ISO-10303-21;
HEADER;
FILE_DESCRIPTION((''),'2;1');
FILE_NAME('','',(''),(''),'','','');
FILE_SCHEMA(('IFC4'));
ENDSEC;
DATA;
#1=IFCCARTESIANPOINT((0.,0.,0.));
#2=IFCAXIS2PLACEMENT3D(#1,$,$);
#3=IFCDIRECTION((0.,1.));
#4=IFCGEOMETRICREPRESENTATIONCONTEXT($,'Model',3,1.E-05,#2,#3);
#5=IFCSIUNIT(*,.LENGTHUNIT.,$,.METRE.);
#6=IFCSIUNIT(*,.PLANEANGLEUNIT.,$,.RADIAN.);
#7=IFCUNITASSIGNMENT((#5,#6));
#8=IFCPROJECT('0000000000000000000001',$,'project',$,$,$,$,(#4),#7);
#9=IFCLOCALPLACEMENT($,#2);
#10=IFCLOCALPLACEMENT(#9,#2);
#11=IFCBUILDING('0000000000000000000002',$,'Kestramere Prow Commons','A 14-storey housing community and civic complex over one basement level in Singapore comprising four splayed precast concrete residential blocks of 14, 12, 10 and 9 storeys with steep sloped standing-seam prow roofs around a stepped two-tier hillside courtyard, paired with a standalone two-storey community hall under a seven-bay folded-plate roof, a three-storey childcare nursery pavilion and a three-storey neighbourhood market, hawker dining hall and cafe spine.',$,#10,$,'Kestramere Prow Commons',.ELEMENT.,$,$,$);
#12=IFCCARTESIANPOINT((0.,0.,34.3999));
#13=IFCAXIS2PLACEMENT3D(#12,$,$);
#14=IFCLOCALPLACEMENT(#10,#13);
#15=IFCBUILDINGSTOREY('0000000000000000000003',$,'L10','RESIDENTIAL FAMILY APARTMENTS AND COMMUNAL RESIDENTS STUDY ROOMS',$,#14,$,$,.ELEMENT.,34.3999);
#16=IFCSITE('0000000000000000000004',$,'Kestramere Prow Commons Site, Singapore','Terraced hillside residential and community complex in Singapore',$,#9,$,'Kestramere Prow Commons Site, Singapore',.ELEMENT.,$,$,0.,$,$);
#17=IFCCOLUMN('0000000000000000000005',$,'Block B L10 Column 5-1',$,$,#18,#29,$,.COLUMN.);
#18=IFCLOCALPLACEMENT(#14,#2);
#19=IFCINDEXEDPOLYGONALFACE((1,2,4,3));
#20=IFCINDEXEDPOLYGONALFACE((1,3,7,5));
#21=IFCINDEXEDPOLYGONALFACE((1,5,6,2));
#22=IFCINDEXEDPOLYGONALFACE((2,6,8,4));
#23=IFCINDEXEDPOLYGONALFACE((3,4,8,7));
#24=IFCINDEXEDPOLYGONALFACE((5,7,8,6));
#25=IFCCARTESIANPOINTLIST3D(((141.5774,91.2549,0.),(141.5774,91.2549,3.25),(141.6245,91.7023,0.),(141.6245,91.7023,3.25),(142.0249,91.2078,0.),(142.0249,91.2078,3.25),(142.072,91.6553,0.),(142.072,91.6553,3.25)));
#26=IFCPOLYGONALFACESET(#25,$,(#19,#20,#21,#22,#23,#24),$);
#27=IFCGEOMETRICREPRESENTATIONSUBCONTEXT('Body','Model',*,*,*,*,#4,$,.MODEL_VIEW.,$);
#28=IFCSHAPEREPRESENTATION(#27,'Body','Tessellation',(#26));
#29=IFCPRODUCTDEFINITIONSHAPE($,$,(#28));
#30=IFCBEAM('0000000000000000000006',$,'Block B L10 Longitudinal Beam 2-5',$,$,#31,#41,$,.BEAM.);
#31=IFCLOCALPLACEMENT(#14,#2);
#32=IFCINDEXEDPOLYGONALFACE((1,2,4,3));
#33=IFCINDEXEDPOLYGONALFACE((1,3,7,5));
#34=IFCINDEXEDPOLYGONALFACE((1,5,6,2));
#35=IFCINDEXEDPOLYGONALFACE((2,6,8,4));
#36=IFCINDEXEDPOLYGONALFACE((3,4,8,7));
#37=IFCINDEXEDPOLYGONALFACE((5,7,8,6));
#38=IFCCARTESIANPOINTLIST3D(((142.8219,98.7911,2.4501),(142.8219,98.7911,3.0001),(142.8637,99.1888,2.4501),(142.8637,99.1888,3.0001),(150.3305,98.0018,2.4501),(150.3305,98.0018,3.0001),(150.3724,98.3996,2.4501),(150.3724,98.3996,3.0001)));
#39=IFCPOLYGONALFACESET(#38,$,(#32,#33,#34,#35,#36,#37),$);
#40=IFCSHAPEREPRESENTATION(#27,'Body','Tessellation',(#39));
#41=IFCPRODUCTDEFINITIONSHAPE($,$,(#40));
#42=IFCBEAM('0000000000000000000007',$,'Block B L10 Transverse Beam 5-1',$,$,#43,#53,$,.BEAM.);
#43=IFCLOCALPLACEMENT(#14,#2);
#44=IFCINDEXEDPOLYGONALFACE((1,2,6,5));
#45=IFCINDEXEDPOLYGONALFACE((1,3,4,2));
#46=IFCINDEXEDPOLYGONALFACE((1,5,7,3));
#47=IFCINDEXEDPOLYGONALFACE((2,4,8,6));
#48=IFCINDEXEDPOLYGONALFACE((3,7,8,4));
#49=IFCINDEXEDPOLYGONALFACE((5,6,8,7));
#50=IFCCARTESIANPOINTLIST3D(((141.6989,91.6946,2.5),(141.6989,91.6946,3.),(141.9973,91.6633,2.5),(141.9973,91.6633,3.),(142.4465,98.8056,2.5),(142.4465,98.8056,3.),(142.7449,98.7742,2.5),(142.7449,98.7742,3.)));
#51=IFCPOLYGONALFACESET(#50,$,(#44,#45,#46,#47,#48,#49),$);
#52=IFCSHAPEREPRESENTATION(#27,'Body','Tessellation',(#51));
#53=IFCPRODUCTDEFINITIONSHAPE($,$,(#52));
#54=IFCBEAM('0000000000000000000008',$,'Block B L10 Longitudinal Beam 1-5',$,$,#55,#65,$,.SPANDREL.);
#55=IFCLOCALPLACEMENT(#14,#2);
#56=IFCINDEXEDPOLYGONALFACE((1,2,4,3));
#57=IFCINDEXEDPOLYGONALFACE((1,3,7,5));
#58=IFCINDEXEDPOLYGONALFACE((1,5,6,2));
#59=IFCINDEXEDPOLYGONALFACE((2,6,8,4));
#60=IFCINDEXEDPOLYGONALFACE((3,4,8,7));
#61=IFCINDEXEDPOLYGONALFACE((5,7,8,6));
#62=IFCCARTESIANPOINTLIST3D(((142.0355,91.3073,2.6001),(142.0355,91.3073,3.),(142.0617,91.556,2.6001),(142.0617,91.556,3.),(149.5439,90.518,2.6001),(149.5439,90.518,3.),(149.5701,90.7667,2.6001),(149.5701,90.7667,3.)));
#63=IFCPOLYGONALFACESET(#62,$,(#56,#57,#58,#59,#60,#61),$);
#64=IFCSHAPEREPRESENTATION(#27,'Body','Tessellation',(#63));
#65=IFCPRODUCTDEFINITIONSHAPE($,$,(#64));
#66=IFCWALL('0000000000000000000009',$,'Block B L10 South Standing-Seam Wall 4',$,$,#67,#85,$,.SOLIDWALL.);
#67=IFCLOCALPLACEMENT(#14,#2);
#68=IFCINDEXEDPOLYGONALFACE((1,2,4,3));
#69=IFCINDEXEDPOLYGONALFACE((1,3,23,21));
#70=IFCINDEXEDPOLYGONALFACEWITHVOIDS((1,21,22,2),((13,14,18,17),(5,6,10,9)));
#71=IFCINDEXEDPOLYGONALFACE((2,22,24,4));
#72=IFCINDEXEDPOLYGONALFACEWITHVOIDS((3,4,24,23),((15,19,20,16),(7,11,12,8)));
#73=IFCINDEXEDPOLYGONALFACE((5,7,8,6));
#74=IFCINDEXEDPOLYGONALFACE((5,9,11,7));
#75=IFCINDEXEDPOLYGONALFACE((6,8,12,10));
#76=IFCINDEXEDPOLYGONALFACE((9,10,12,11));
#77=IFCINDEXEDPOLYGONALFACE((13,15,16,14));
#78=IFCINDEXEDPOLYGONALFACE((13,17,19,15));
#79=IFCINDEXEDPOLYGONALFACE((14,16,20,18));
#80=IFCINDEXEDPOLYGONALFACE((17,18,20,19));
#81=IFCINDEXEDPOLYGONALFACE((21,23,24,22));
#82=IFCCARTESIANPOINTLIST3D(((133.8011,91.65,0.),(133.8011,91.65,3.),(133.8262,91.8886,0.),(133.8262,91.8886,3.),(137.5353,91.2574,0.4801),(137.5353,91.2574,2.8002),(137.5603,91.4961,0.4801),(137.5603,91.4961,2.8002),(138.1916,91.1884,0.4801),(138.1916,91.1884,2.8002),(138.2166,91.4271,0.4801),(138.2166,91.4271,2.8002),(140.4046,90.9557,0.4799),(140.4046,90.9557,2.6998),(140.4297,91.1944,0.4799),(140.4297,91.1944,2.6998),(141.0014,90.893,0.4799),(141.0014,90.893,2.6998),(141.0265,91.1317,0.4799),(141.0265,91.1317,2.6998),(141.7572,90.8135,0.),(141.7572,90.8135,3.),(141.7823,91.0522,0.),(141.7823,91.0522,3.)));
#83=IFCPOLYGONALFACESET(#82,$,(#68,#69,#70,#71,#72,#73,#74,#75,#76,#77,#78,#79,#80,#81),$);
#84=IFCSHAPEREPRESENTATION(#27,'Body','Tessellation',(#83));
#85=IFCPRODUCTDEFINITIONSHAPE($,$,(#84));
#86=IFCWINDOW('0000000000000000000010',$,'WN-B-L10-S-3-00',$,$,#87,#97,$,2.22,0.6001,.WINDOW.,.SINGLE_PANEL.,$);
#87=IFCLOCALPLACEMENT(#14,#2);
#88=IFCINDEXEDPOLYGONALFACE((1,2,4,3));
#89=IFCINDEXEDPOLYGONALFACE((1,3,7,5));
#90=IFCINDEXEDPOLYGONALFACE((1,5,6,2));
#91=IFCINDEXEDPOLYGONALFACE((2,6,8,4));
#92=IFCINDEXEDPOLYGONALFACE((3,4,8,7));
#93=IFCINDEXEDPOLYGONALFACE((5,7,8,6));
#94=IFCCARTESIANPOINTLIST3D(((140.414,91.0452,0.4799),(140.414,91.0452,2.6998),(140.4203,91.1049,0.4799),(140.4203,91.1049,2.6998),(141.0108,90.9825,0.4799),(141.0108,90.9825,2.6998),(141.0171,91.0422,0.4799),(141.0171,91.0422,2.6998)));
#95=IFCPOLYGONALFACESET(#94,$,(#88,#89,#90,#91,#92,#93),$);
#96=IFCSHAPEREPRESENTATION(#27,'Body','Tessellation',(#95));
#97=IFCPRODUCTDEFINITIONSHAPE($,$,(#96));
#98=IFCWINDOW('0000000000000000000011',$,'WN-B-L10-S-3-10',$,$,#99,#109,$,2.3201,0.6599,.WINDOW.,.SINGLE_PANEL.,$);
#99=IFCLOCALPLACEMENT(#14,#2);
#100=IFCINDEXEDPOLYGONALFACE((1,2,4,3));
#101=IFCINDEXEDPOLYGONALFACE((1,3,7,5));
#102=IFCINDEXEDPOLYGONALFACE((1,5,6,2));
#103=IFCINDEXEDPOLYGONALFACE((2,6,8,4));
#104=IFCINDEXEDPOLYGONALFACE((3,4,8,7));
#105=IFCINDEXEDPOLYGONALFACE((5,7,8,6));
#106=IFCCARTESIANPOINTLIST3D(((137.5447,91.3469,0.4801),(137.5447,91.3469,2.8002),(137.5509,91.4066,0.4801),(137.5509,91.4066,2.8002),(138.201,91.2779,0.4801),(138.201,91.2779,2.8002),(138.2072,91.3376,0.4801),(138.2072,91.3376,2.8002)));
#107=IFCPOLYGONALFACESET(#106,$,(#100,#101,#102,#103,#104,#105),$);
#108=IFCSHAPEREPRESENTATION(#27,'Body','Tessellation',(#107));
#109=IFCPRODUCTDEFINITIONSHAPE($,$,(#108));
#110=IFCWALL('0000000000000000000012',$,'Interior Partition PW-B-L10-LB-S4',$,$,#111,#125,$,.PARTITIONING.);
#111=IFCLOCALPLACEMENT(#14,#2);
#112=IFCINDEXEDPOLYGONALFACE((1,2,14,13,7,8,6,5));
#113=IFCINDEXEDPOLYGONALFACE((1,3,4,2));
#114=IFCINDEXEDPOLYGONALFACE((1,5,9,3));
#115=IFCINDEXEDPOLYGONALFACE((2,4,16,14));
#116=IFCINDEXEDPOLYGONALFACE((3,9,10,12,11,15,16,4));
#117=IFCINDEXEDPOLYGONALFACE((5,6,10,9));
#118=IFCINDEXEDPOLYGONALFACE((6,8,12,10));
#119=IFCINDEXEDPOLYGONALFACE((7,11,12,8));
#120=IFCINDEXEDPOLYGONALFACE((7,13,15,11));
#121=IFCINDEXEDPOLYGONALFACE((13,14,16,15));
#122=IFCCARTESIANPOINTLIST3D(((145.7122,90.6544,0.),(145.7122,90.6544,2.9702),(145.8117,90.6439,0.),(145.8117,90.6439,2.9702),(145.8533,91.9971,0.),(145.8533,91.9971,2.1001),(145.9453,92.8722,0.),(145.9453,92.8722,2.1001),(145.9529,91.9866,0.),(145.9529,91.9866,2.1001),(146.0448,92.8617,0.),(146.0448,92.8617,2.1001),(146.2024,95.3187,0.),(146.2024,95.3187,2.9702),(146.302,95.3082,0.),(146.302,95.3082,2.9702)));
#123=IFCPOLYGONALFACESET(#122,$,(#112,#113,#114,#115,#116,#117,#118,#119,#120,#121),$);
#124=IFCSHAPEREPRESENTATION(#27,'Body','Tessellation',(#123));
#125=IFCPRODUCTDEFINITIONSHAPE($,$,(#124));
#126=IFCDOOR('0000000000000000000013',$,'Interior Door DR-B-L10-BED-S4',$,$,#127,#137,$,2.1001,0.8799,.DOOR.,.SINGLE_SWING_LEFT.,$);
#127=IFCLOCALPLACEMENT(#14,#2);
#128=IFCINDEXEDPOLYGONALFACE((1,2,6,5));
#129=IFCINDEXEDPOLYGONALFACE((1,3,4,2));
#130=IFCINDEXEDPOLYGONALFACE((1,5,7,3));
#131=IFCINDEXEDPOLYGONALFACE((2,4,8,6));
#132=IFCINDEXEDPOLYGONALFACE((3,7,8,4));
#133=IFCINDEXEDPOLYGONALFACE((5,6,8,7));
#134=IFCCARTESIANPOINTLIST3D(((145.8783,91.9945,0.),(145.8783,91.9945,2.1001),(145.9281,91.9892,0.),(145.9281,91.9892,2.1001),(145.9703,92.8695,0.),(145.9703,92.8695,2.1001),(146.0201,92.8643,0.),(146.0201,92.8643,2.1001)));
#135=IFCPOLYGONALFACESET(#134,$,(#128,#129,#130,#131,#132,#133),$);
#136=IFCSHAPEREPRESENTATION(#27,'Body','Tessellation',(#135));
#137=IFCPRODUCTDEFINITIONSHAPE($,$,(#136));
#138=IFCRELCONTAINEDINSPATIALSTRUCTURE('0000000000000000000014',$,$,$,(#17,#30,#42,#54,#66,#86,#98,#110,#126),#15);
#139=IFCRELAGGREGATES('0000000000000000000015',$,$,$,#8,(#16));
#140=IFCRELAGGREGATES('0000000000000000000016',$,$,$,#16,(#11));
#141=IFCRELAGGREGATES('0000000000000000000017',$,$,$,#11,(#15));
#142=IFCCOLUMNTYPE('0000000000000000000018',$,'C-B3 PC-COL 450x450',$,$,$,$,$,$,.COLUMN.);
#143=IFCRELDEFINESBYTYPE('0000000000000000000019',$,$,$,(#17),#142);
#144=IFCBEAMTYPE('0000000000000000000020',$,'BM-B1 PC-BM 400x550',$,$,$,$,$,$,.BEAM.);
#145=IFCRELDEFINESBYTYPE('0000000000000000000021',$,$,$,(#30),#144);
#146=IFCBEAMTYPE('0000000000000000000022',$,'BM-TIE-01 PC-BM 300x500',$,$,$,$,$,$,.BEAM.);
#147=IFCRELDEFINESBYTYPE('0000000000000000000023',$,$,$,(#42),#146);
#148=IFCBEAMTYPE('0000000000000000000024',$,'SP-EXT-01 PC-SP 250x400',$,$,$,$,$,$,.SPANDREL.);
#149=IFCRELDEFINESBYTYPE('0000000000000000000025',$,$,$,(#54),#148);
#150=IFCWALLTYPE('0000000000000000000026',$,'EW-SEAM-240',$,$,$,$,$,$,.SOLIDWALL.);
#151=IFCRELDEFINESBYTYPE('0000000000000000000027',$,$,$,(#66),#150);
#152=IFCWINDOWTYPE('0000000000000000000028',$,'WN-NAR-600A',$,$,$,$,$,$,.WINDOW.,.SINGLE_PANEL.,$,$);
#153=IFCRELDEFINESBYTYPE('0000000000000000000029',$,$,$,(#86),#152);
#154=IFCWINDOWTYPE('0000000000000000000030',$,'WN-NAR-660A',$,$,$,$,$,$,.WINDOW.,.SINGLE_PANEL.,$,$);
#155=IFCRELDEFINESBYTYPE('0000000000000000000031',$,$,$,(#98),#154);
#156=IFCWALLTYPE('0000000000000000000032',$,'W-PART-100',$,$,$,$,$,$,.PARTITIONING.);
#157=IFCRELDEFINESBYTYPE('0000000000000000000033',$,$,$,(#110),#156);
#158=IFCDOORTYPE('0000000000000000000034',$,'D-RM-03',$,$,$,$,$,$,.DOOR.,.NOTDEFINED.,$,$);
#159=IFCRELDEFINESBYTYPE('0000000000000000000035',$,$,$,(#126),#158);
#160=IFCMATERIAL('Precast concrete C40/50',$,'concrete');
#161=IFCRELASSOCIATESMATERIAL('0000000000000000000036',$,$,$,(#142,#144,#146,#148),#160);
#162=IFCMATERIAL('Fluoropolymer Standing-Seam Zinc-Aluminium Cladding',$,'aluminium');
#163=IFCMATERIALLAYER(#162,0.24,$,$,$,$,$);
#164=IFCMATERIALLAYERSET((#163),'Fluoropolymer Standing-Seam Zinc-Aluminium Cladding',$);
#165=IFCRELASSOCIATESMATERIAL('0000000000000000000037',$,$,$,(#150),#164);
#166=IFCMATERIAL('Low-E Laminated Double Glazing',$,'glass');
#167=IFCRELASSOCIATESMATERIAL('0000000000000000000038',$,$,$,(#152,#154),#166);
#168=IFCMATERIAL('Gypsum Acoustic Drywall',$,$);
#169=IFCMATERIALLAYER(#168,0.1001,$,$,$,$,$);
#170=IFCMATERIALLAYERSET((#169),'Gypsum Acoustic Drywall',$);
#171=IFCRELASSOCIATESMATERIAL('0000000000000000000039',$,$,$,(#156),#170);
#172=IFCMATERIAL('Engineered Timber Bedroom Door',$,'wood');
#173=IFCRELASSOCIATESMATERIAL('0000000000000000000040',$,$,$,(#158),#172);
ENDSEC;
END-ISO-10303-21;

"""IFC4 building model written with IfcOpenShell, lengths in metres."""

from ifc_helpers import new_model, si_unit, direction, frame, frame_2d, origin, origin_2d, place, context, subcontext, project, spatial, rectangle, extrude, material, layer, layer_set, material_profile, profile_set, type_object, element, fill, save


model = new_model("IFC4")

# Units and contexts
model_context = context("Model", 3, precision=1e-05, world=origin(), true_north=direction((0.0, 1.0)))
body_context = subcontext(model_context, "Body", "Model", "MODEL_VIEW")
ifc_project = project(units=[si_unit("LENGTHUNIT", "METRE"), si_unit("PLANEANGLEUNIT", "RADIAN")], contexts=[model_context])

# Site, building, storey
site_placement = place(None, origin())
site = spatial("IfcSite", under=ifc_project, at=site_placement, Name="Kestramere Prow Commons Site, Singapore", Description="Terraced hillside residential and community complex in Singapore", LongName="Kestramere Prow Commons Site, Singapore", CompositionType="ELEMENT", RefElevation=0.0)
building_placement = place(site_placement, origin())
building = spatial("IfcBuilding", under=site, at=building_placement, Name="Kestramere Prow Commons", Description="A 14-storey housing community and civic complex over one basement level in Singapore comprising four splayed precast concrete residential blocks of 14, 12, 10 and 9 storeys with steep sloped standing-seam prow roofs around a stepped two-tier hillside courtyard, paired with a standalone two-storey community hall under a seven-bay folded-plate roof, a three-storey childcare nursery pavilion and a three-storey neighbourhood market, hawker dining hall and cafe spine.", LongName="Kestramere Prow Commons", CompositionType="ELEMENT")
storey_placement = place(building_placement, frame((0.0, 0.0, 34.3999)))
storey = spatial("IfcBuildingStorey", under=building, at=storey_placement, Name="L10", Description="RESIDENTIAL FAMILY APARTMENTS AND COMMUNAL RESIDENTS STUDY ROOMS", CompositionType="ELEMENT", Elevation=34.3999)

# Column
ifc_material_1 = material(Name="Precast concrete C40/50", Category="concrete")
ifc_material_profile_1 = material_profile(ifc_material_1, rectangle(XDim=0.45, YDim=0.45, at=origin_2d()), Name="PC-COL 450x450")
ifc_profile_set_1 = profile_set([ifc_material_profile_1], Name="Precast concrete C40/50")
column_type = type_object("IfcColumnType", Name="C-B3 PC-COL 450x450", PredefinedType="COLUMN", material=ifc_profile_set_1)
column_placement = place(storey_placement, frame((141.8247, 91.4551, 0.0), z_axis=(0.0, 0.0, 1.0), x_axis=(0.994522, -0.104528, 0.0)))
element("IfcColumn", 1, at=column_placement, inside=storey, type_object=column_type, Name="Block B L10 Column 5-1", PredefinedType="COLUMN", context=body_context, shape_type="SweptSolid", body=[
    extrude(rectangle(XDim=0.45, YDim=0.45, at=origin_2d()), origin(), (0.0, 0.0, 1.0), 3.25),
])

# Beams
ifc_material_profile_2 = material_profile(ifc_material_1, rectangle(XDim=0.3999, YDim=0.55, at=origin_2d()), Name="PC-BM 400x550")
ifc_profile_set_2 = profile_set([ifc_material_profile_2], Name="Precast concrete C40/50")
beam_type_1 = type_object("IfcBeamType", Name="BM-B1 PC-BM 400x550", PredefinedType="BEAM", material=ifc_profile_set_2)
beam_1_placement = place(storey_placement, frame((142.8428, 98.99, 2.7251), z_axis=(0.994521, -0.104542, 0.0), x_axis=(0.104542, 0.994521, 0.0)))
element("IfcBeam", 2, at=beam_1_placement, inside=storey, type_object=beam_type_1, Name="Block B L10 Longitudinal Beam 2-5", PredefinedType="BEAM", context=body_context, shape_type="SweptSolid", body=[
    extrude(rectangle(XDim=0.3999, YDim=0.55, at=origin_2d()), origin(), (0.0, 0.0, 1.0), 7.55),
])
ifc_material_profile_3 = material_profile(ifc_material_1, rectangle(XDim=0.3, YDim=0.5, at=origin_2d()), Name="PC-BM 300x500")
ifc_profile_set_3 = profile_set([ifc_material_profile_3], Name="Precast concrete C40/50")
beam_type_2 = type_object("IfcBeamType", Name="BM-TIE-01 PC-BM 300x500", PredefinedType="BEAM", material=ifc_profile_set_3)
beam_2_placement = place(storey_placement, frame((141.8481, 91.679, 2.75), z_axis=(0.104553, 0.994519, 0.0), x_axis=(-0.994519, 0.104553, 0.0)))
element("IfcBeam", 3, at=beam_2_placement, inside=storey, type_object=beam_type_2, Name="Block B L10 Transverse Beam 5-1", PredefinedType="BEAM", context=body_context, shape_type="SweptSolid", body=[
    extrude(rectangle(XDim=0.3, YDim=0.5, at=origin_2d()), origin(), (0.0, 0.0, 1.0), 7.1501),
])
ifc_material_profile_4 = material_profile(ifc_material_1, rectangle(XDim=0.25, YDim=0.3999, at=origin_2d()), Name="PC-SP 250x400")
ifc_profile_set_4 = profile_set([ifc_material_profile_4], Name="Precast concrete C40/50")
beam_type_3 = type_object("IfcBeamType", Name="SP-EXT-01 PC-SP 250x400", PredefinedType="SPANDREL", material=ifc_profile_set_4)
beam_3_placement = place(storey_placement, frame((142.0486, 91.4316, 2.8), z_axis=(0.99452, -0.104545, 0.0), x_axis=(0.104545, 0.99452, 0.0)))
element("IfcBeam", 4, at=beam_3_placement, inside=storey, type_object=beam_type_3, Name="Block B L10 Longitudinal Beam 1-5", PredefinedType="SPANDREL", context=body_context, shape_type="SweptSolid", body=[
    extrude(rectangle(XDim=0.25, YDim=0.3999, at=origin_2d()), origin(), (0.0, 0.0, 1.0), 7.5498),
])

# Wall, openings, windows
ifc_material_2 = material(Name="Fluoropolymer Standing-Seam Zinc-Aluminium Cladding", Category="aluminium")
ifc_layer_1 = layer(ifc_material_2, 0.24)
ifc_layer_set_1 = layer_set([ifc_layer_1], Name="Fluoropolymer Standing-Seam Zinc-Aluminium Cladding")
wall_type_1 = type_object("IfcWallType", Name="EW-SEAM-240", PredefinedType="SOLIDWALL", material=ifc_layer_set_1)
wall_1_placement = place(storey_placement, frame((141.7698, 90.9329, 0.0), z_axis=(0.0, 0.0, 1.0), x_axis=(-0.994519, 0.104555, 0.0)))
wall_1 = element("IfcWall", 5, at=wall_1_placement, inside=storey, type_object=wall_type_1, Name="Block B L10 South Standing-Seam Wall 4", PredefinedType="SOLIDWALL", context=body_context, shape_type="SweptSolid", body=[
    extrude(rectangle(XDim=8.0, YDim=0.24, at=frame_2d((4.0, 0.0))), origin(), (0.0, 0.0, 1.0), 3.0),
])
opening_1_placement = place(wall_1_placement, frame((0.76, 0.0, 0.48)))
opening_1 = element("IfcOpeningElement", 6, at=opening_1_placement, cuts=wall_1, PredefinedType="OPENING", context=body_context, shape_type="SweptSolid", body=[
    extrude(rectangle(XDim=0.6001, YDim=2.22, at=frame_2d((0.3, 1.1099))), frame((0.0, 0.135, 0.0), z_axis=(0.0, -1.0, 0.0), x_axis=(1.0, 0.0, 0.0)), (0.0, 0.0, 1.0), 0.27),
])
opening_2_placement = place(wall_1_placement, frame((3.5852, 0.0, 0.48)))
opening_2 = element("IfcOpeningElement", 7, at=opening_2_placement, cuts=wall_1, PredefinedType="OPENING", context=body_context, shape_type="SweptSolid", body=[
    extrude(rectangle(XDim=0.6599, YDim=2.3201, at=frame_2d((0.3301, 1.1602))), frame((0.0, 0.135, 0.0), z_axis=(0.0, -1.0, 0.0), x_axis=(1.0, 0.0, 0.0)), (0.0, 0.0, 1.0), 0.27),
])
ifc_material_3 = material(Name="Low-E Laminated Double Glazing", Category="glass")
window_type_1 = type_object("IfcWindowType", Name="WN-NAR-600A", PartitioningType="SINGLE_PANEL", PredefinedType="WINDOW", material=ifc_material_3)
window_1_placement = place(opening_1_placement, origin())
window_1 = element("IfcWindow", 8, at=window_1_placement, inside=storey, type_object=window_type_1, Name="WN-B-L10-S-3-00", OverallHeight=2.22, OverallWidth=0.6001, PartitioningType="SINGLE_PANEL", PredefinedType="WINDOW", context=body_context, shape_type="SweptSolid", body=[
    extrude(rectangle(XDim=0.6001, YDim=2.22, at=frame_2d((0.3, 1.1099))), frame((0.0, 0.03, 0.0), z_axis=(0.0, -1.0, 0.0), x_axis=(1.0, 0.0, 0.0)), (0.0, 0.0, 1.0), 0.0601),
])
fill(opening_1, window_1)
window_type_2 = type_object("IfcWindowType", Name="WN-NAR-660A", PartitioningType="SINGLE_PANEL", PredefinedType="WINDOW", material=ifc_material_3)
window_2_placement = place(opening_2_placement, origin())
window_2 = element("IfcWindow", 9, at=window_2_placement, inside=storey, type_object=window_type_2, Name="WN-B-L10-S-3-10", OverallHeight=2.3201, OverallWidth=0.6599, PartitioningType="SINGLE_PANEL", PredefinedType="WINDOW", context=body_context, shape_type="SweptSolid", body=[
    extrude(rectangle(XDim=0.6599, YDim=2.3201, at=frame_2d((0.3301, 1.1602))), frame((0.0, 0.03, 0.0), z_axis=(0.0, -1.0, 0.0), x_axis=(1.0, 0.0, 0.0)), (0.0, 0.0, 1.0), 0.0601),
])
fill(opening_2, window_2)

# Wall, opening, door
ifc_material_4 = material(Name="Gypsum Acoustic Drywall")
ifc_layer_2 = layer(ifc_material_4, 0.1001)
ifc_layer_set_2 = layer_set([ifc_layer_2], Name="Gypsum Acoustic Drywall")
wall_type_2 = type_object("IfcWallType", Name="W-PART-100", PredefinedType="PARTITIONING", material=ifc_layer_set_2)
wall_2_placement = place(storey_placement, frame((145.762, 90.6492, 0.0), z_axis=(0.0, 0.0, 1.0), x_axis=(0.104528, 0.994522, 0.0)))
wall_2 = element("IfcWall", 10, at=wall_2_placement, inside=storey, type_object=wall_type_2, Name="Interior Partition PW-B-L10-LB-S4", PredefinedType="PARTITIONING", context=body_context, shape_type="SweptSolid", body=[
    extrude(rectangle(XDim=4.6899, YDim=0.1001, at=frame_2d((2.345, 0.0))), origin(), (0.0, 0.0, 1.0), 2.9702),
])
opening_3_placement = place(wall_2_placement, frame((1.3501, 0.0, 0.0)))
opening_3 = element("IfcOpeningElement", 11, at=opening_3_placement, cuts=wall_2, PredefinedType="OPENING", context=body_context, shape_type="SweptSolid", body=[
    extrude(rectangle(XDim=0.8799, YDim=2.1001, at=frame_2d((0.4399, 1.05))), frame((0.0, 0.0649, 0.0), z_axis=(0.0, -1.0, 0.0), x_axis=(1.0, 0.0, 0.0)), (0.0, 0.0, 1.0), 0.1301),
])
ifc_material_5 = material(Name="Engineered Timber Bedroom Door", Category="wood")
door_type_1 = type_object("IfcDoorType", Name="D-RM-03", OperationType="NOTDEFINED", PredefinedType="DOOR", material=ifc_material_5)
door_1_placement = place(opening_3_placement, origin())
door_1 = element("IfcDoor", 12, at=door_1_placement, inside=storey, type_object=door_type_1, Name="Interior Door DR-B-L10-BED-S4", OperationType="SINGLE_SWING_LEFT", OverallHeight=2.1001, OverallWidth=0.8799, PredefinedType="DOOR", context=body_context, shape_type="SweptSolid", body=[
    extrude(rectangle(XDim=0.8799, YDim=2.1001, at=frame_2d((0.4399, 1.05))), frame((0.0, 0.0249, 0.0), z_axis=(0.0, -1.0, 0.0), x_axis=(1.0, 0.0, 0.0)), (0.0, 0.0, 1.0), 0.05),
])
fill(opening_3, door_1)

save(model, "model.ifc")
